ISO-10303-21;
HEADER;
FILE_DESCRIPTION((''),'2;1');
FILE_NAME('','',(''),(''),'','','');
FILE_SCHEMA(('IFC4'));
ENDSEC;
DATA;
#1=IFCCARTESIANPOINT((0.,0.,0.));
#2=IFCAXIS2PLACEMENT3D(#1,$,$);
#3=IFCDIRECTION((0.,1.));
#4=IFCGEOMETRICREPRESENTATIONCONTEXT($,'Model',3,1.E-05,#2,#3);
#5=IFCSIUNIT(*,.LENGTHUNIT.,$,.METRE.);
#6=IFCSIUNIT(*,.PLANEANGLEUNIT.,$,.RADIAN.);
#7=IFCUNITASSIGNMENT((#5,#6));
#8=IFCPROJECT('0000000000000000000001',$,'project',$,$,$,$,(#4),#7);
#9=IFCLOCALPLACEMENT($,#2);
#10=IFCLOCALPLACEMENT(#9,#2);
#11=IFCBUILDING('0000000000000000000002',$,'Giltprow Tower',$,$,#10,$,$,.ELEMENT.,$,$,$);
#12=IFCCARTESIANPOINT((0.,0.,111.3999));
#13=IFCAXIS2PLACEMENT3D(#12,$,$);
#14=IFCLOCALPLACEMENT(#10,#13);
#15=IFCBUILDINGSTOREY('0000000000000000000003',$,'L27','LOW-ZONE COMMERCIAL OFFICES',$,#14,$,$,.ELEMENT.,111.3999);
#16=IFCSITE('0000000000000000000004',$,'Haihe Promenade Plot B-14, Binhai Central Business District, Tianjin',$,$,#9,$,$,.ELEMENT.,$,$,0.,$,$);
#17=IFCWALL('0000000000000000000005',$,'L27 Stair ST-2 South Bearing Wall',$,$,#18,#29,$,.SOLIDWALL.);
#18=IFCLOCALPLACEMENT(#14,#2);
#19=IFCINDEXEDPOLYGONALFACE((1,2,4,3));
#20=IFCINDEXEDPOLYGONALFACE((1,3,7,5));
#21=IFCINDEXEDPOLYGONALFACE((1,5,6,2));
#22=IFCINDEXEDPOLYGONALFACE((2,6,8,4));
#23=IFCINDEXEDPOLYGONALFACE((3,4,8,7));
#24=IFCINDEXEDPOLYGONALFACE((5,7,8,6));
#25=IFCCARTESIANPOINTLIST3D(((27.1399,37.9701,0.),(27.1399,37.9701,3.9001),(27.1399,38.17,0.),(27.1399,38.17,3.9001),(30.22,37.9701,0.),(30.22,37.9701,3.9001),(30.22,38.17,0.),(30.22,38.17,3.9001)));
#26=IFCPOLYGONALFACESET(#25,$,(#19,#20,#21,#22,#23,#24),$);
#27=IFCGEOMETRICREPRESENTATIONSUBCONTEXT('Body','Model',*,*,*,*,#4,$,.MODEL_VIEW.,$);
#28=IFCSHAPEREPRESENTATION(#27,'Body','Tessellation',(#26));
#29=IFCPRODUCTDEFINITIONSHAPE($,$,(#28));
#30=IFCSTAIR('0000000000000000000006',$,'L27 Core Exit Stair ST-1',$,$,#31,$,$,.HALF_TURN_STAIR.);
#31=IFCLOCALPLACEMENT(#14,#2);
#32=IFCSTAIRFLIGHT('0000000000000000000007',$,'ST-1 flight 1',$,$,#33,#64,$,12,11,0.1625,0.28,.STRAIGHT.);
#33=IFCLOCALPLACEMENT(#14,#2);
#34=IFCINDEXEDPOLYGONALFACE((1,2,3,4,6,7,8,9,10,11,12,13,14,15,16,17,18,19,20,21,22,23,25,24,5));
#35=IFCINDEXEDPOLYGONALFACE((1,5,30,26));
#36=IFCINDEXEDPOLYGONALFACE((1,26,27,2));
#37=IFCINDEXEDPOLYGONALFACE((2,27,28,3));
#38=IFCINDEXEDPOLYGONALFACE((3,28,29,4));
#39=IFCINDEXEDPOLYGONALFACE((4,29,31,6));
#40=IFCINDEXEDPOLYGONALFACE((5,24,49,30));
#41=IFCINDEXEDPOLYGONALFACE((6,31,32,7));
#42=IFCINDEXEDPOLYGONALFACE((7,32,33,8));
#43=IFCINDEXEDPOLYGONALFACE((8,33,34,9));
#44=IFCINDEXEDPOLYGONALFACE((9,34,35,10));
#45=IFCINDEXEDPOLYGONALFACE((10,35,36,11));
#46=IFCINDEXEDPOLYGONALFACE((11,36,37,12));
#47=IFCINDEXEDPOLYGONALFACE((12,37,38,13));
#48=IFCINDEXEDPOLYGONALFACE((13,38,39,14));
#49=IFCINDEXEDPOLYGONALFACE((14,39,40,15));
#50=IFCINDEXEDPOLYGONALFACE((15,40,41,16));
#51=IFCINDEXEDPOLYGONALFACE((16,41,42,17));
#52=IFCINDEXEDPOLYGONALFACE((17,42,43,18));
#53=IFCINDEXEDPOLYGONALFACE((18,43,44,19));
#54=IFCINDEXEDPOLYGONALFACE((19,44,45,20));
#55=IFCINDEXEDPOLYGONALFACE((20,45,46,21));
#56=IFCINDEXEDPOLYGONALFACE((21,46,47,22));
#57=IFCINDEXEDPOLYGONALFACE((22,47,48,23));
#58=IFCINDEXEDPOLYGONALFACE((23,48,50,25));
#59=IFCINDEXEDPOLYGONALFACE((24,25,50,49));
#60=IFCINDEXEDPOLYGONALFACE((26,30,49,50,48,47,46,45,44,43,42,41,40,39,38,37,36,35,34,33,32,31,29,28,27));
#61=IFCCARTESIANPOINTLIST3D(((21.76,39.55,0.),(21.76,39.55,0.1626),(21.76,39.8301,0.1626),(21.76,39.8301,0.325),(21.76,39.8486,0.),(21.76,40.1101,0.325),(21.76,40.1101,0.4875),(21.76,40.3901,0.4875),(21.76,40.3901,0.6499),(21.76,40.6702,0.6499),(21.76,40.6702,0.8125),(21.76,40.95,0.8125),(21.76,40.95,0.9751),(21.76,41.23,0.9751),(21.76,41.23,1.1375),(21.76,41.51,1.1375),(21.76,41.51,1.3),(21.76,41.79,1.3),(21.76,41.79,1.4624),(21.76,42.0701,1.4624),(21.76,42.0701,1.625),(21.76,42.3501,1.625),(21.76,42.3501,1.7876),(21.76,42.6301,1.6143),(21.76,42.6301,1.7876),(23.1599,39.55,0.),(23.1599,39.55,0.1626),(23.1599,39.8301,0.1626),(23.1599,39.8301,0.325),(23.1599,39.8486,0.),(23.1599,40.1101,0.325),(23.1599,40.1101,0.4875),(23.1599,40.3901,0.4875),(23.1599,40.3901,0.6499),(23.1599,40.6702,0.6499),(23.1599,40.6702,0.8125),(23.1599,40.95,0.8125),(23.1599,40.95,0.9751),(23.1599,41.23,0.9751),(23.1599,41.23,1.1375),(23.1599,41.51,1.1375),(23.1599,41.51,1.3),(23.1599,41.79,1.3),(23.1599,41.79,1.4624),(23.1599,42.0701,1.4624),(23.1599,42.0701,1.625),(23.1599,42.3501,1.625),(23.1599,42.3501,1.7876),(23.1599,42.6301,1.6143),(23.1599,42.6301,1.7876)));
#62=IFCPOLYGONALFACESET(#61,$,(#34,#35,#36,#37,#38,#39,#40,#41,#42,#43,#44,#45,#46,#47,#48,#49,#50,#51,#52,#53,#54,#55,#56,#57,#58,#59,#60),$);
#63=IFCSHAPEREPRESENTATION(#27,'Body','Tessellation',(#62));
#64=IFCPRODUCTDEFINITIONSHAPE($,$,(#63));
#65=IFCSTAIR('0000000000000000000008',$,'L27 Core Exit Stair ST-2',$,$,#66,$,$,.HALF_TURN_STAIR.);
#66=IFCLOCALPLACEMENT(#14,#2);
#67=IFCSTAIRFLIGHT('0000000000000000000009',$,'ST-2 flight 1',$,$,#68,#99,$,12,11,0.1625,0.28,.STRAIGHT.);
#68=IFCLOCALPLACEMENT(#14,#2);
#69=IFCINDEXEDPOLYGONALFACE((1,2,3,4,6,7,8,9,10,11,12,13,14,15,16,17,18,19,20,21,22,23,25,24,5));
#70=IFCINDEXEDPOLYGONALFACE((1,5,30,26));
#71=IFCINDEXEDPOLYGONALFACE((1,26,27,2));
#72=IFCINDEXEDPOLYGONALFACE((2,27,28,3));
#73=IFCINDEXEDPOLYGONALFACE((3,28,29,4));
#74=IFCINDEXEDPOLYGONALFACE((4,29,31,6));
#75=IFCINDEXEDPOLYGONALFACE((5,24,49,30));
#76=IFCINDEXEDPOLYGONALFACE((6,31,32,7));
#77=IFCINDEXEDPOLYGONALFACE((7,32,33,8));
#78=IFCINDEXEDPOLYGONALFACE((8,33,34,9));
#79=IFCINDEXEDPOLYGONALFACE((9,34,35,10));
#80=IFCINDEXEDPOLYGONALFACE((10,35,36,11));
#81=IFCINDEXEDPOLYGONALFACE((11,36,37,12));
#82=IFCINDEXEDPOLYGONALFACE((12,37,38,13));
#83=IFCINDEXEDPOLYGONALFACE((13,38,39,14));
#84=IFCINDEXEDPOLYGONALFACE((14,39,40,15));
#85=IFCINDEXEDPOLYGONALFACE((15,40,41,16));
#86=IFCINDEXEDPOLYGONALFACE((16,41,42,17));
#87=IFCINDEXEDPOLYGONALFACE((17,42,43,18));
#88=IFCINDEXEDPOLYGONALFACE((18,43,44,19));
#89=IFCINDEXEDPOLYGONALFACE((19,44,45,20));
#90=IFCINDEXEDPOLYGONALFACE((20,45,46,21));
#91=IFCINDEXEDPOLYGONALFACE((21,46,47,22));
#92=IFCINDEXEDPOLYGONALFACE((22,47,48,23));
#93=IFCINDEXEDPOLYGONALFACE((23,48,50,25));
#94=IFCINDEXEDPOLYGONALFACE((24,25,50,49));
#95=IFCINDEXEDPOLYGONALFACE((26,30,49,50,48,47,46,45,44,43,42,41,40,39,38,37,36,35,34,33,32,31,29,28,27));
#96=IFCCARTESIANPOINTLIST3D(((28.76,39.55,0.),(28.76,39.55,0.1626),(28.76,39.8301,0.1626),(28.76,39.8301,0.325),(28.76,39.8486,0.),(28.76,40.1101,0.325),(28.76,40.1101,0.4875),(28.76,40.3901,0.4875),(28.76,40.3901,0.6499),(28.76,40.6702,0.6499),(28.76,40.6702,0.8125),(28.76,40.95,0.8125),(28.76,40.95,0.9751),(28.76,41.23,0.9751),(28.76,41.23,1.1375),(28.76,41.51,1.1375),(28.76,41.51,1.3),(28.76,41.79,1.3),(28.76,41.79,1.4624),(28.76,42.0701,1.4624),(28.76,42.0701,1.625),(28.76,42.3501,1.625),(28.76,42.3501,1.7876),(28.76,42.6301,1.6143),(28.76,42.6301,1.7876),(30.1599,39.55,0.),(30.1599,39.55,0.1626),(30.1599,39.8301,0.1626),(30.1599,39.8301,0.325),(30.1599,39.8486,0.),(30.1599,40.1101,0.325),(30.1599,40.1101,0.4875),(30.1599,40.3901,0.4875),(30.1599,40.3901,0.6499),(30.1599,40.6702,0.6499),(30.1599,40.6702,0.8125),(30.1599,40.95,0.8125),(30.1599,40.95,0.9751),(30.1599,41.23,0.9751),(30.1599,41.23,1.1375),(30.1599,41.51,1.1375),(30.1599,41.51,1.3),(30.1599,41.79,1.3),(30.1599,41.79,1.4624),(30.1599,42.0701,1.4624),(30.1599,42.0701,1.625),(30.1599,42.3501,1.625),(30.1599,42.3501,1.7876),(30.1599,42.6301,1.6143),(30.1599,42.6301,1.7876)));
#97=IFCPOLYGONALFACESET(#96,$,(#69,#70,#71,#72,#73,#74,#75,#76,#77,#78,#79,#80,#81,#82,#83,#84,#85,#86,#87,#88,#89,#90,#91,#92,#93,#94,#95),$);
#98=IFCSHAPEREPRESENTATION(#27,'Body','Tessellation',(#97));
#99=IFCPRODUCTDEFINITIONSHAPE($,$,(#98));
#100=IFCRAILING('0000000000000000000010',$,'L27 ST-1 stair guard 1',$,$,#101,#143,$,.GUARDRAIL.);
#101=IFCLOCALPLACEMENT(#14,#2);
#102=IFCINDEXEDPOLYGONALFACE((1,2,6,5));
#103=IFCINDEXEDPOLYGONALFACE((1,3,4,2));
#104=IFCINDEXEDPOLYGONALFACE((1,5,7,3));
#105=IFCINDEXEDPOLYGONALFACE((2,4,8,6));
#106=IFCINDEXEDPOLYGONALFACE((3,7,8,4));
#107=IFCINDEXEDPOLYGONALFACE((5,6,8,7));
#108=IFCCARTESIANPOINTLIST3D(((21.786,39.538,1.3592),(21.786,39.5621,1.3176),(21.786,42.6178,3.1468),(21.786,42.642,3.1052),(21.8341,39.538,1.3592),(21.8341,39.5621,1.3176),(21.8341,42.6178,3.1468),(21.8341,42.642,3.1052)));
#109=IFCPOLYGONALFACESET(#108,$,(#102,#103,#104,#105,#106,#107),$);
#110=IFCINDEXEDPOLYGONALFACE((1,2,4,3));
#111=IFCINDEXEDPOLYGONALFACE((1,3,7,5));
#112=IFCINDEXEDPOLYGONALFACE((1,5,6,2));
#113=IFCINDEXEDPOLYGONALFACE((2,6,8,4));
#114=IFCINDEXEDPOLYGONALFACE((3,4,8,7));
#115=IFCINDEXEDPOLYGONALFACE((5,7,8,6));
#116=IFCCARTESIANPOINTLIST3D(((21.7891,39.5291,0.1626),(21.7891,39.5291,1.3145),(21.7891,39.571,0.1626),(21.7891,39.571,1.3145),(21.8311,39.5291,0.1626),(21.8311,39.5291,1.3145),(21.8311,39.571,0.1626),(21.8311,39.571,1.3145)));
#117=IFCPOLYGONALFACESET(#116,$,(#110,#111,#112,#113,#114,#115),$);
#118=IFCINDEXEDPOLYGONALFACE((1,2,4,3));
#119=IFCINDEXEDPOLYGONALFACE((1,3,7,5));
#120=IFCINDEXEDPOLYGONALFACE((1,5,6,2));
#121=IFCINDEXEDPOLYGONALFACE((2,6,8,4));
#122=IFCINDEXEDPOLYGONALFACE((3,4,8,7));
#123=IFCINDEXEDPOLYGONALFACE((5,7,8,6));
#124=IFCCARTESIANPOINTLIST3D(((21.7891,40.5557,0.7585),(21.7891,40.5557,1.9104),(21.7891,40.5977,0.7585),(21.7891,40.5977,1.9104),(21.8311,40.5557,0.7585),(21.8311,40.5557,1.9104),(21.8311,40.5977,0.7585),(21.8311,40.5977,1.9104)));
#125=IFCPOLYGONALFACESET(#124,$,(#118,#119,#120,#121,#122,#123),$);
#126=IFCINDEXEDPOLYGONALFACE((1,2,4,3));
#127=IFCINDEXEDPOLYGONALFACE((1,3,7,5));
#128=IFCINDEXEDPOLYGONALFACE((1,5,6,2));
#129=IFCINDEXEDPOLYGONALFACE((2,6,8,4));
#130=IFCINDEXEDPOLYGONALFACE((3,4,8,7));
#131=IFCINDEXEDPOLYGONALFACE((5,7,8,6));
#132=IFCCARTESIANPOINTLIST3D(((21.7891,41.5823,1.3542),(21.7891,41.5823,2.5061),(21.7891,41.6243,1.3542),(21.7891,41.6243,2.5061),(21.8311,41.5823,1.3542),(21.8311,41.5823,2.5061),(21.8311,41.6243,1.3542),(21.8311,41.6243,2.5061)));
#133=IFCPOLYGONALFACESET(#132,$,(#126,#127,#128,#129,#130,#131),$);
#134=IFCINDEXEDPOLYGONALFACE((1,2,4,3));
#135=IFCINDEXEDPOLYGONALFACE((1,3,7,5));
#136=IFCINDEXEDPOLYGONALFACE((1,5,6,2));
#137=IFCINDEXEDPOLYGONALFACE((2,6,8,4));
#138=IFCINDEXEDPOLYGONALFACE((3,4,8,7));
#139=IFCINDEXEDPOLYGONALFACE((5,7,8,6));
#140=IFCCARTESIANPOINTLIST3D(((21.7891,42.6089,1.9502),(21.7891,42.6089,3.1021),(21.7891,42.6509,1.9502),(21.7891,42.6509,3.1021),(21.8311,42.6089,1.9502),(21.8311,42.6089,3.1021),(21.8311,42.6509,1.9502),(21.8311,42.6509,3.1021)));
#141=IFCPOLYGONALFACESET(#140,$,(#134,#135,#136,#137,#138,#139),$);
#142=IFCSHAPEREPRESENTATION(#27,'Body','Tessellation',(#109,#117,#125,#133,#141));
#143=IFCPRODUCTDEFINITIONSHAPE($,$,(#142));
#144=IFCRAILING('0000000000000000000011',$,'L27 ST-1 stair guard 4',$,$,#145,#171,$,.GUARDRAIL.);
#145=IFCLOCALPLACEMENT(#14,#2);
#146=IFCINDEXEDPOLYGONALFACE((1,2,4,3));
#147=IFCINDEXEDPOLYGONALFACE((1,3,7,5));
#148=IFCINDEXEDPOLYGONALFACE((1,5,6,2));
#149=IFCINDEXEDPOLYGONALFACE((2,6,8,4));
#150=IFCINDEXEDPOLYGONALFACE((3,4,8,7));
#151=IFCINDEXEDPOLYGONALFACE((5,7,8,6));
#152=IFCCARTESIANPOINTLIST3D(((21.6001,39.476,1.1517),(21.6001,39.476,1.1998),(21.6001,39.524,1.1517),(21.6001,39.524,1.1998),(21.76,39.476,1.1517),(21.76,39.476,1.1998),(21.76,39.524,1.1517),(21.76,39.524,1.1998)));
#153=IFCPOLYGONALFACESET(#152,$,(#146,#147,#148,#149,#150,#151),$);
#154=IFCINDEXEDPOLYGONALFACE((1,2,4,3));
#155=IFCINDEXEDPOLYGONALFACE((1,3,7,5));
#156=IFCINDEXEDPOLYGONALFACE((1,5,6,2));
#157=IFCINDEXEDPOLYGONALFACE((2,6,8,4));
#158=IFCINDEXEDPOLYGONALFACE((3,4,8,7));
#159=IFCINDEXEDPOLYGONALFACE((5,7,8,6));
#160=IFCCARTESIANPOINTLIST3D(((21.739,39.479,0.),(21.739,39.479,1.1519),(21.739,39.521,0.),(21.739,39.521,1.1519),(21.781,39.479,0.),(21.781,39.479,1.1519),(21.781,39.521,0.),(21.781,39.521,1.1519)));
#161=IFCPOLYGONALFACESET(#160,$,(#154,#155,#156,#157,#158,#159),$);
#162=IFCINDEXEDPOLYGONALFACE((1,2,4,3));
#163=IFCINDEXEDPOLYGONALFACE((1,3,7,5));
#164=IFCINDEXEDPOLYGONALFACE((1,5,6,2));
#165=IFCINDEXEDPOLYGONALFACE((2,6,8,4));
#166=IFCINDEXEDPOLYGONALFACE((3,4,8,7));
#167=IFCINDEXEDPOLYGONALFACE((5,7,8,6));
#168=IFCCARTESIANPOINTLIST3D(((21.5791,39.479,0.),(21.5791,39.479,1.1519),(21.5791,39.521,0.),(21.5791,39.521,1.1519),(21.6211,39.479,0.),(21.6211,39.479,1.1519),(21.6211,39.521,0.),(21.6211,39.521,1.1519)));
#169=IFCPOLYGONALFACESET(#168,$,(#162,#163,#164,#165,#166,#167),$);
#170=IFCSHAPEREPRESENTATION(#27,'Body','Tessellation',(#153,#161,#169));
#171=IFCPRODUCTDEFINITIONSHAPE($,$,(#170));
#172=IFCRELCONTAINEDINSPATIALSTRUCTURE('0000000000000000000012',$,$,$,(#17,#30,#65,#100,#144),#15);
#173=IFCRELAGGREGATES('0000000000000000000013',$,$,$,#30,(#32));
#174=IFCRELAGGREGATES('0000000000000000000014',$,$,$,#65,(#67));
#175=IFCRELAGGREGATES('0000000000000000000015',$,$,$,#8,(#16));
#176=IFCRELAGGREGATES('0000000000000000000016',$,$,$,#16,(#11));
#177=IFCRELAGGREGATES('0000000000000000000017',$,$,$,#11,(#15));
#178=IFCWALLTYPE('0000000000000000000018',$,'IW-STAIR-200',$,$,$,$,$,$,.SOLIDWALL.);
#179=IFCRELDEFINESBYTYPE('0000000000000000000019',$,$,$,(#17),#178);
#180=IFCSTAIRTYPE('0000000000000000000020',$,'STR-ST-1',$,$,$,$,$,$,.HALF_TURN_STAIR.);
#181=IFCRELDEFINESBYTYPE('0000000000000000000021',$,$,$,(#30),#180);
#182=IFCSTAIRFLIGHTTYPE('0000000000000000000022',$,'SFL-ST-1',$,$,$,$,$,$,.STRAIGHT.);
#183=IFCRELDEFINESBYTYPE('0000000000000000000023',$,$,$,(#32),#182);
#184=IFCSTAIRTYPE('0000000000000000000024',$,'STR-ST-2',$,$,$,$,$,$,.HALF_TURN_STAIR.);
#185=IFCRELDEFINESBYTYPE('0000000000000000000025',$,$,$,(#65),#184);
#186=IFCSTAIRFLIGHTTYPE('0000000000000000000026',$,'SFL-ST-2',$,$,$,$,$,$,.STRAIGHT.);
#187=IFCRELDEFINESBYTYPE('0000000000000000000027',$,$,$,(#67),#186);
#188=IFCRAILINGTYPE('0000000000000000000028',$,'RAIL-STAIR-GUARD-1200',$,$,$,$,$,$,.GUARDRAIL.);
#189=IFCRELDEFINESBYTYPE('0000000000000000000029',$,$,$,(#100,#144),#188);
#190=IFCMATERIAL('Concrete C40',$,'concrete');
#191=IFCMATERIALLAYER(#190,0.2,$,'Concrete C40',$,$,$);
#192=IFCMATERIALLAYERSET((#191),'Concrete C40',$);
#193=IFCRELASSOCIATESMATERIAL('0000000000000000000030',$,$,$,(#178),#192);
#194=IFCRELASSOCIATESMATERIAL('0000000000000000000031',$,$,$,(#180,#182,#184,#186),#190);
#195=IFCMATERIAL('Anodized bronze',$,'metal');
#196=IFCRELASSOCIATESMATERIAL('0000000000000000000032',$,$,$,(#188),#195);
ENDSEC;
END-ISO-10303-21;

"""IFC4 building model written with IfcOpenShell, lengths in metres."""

from ifc_helpers import new_model, si_unit, direction, frame, frame_2d, origin, origin_2d, place, context, subcontext, project, spatial, polyline, rectangle, outline, extrude, material, layer, layer_set, type_object, element, aggregate, save


model = new_model("IFC4")

# Units and contexts
model_context = context("Model", 3, precision=1e-05, world=origin(), true_north=direction((0.0, 1.0)))
body_context = subcontext(model_context, "Body", "Model", "MODEL_VIEW")
ifc_project = project(units=[si_unit("LENGTHUNIT", "METRE"), si_unit("PLANEANGLEUNIT", "RADIAN")], contexts=[model_context])

# Site, building, storey
site_placement = place(None, origin())
site = spatial("IfcSite", under=ifc_project, at=site_placement, Name="Haihe Promenade Plot B-14, Binhai Central Business District, Tianjin", CompositionType="ELEMENT", RefElevation=0.0)
building_placement = place(site_placement, origin())
building = spatial("IfcBuilding", under=site, at=building_placement, Name="Giltprow Tower", CompositionType="ELEMENT")
storey_placement = place(building_placement, frame((0.0, 0.0, 111.3999)))
storey = spatial("IfcBuildingStorey", under=building, at=storey_placement, Name="L27", Description="LOW-ZONE COMMERCIAL OFFICES", CompositionType="ELEMENT", Elevation=111.3999)

# Shared definitions
ifc_material_1 = material(Name="Concrete C40", Category="concrete")
ifc_layer_1 = layer(ifc_material_1, 0.2, Name="Concrete C40")
ifc_layer_set_1 = layer_set([ifc_layer_1], Name="Concrete C40")
wall_type_1 = type_object("IfcWallType", Name="IW-STAIR-200", PredefinedType="SOLIDWALL", material=ifc_layer_set_1)

# Wall
wall_1_placement = place(storey_placement, frame((27.1399, 38.0701, 0.0), z_axis=(0.0, 0.0, 1.0), x_axis=(1.0, 0.0, 0.0)))
element("IfcWall", 1, at=wall_1_placement, inside=storey, type_object=wall_type_1, Name="L27 Stair ST-2 South Bearing Wall", PredefinedType="SOLIDWALL", context=body_context, shape_type="SweptSolid", body=[
    extrude(rectangle(XDim=3.0801, YDim=0.2, at=frame_2d((1.54, 0.0))), origin(), (0.0, 0.0, 1.0), 3.9001),
])

# Stairs, stair flights
stair_type_1 = type_object("IfcStairType", Name="STR-ST-1", PredefinedType="HALF_TURN_STAIR", material=ifc_material_1)
stair_1_placement = place(storey_placement, origin())
stair_1 = element("IfcStair", 2, at=stair_1_placement, inside=storey, type_object=stair_type_1, Name="L27 Core Exit Stair ST-1", PredefinedType="HALF_TURN_STAIR")
stair_flight_type_1 = type_object("IfcStairFlightType", Name="SFL-ST-1", PredefinedType="STRAIGHT", material=ifc_material_1)
stair_flight_1_placement = place(storey_placement, frame((22.46, 39.55, 0.0), z_axis=(0.0, 0.0, 1.0), x_axis=(0.0, 1.0, 0.0)))
stair_flight_1 = element("IfcStairFlight", 3, at=stair_flight_1_placement, type_object=stair_flight_type_1, Name="ST-1 flight 1", NumberOfRisers=12, NumberOfTreads=11, PredefinedType="STRAIGHT", RiserHeight=0.1625, TreadLength=0.28, context=body_context, shape_type="SweptSolid", body=[
    extrude(outline(polyline([(0.0, 0.0), (0.0, 0.1626), (0.28, 0.1626), (0.28, 0.325), (0.5601, 0.325), (0.5601, 0.4875), (0.8401, 0.4875), (0.8401, 0.6499), (1.1201, 0.6499), (1.1201, 0.8125), (1.3999, 0.8125), (1.3999, 0.9751), (1.6799, 0.9751), (1.6799, 1.1375), (1.96, 1.1375), (1.96, 1.3), (2.24, 1.3), (2.24, 1.4624), (2.52, 1.4624), (2.52, 1.625), (2.8, 1.625), (2.8, 1.7876), (3.0801, 1.7876), (3.0801, 1.95), (3.0801, 1.6143), (0.2986, 0.0), (0.0, 0.0)])), frame((0.0, 0.7, 0.0), z_axis=(0.0, -1.0, 0.0), x_axis=(1.0, 0.0, 0.0)), (0.0, 0.0, 1.0), 1.3999),
])
aggregate(stair_1, [stair_flight_1])
stair_type_2 = type_object("IfcStairType", Name="STR-ST-2", PredefinedType="HALF_TURN_STAIR", material=ifc_material_1)
stair_2_placement = place(storey_placement, origin())
stair_2 = element("IfcStair", 4, at=stair_2_placement, inside=storey, type_object=stair_type_2, Name="L27 Core Exit Stair ST-2", PredefinedType="HALF_TURN_STAIR")
stair_flight_type_2 = type_object("IfcStairFlightType", Name="SFL-ST-2", PredefinedType="STRAIGHT", material=ifc_material_1)
stair_flight_2_placement = place(storey_placement, frame((29.46, 39.55, 0.0), z_axis=(0.0, 0.0, 1.0), x_axis=(0.0, 1.0, 0.0)))
stair_flight_2 = element("IfcStairFlight", 5, at=stair_flight_2_placement, type_object=stair_flight_type_2, Name="ST-2 flight 1", NumberOfRisers=12, NumberOfTreads=11, PredefinedType="STRAIGHT", RiserHeight=0.1625, TreadLength=0.28, context=body_context, shape_type="SweptSolid", body=[
    extrude(outline(polyline([(0.0, 0.0), (0.0, 0.1626), (0.28, 0.1626), (0.28, 0.325), (0.5601, 0.325), (0.5601, 0.4875), (0.8401, 0.4875), (0.8401, 0.6499), (1.1201, 0.6499), (1.1201, 0.8125), (1.3999, 0.8125), (1.3999, 0.9751), (1.6799, 0.9751), (1.6799, 1.1375), (1.96, 1.1375), (1.96, 1.3), (2.24, 1.3), (2.24, 1.4624), (2.52, 1.4624), (2.52, 1.625), (2.8, 1.625), (2.8, 1.7876), (3.0801, 1.7876), (3.0801, 1.95), (3.0801, 1.6143), (0.2986, 0.0), (0.0, 0.0)])), frame((0.0, 0.7, 0.0), z_axis=(0.0, -1.0, 0.0), x_axis=(1.0, 0.0, 0.0)), (0.0, 0.0, 1.0), 1.3999),
])
aggregate(stair_2, [stair_flight_2])

# Railings
ifc_material_2 = material(Name="Anodized bronze", Category="metal")
railing_type_1 = type_object("IfcRailingType", Name="RAIL-STAIR-GUARD-1200", PredefinedType="GUARDRAIL", material=ifc_material_2)
railing_1_placement = place(storey_placement, frame((21.8101, 39.55, 0.1626)))
element("IfcRailing", 6, at=railing_1_placement, inside=storey, type_object=railing_type_1, Name="L27 ST-1 stair guard 1", PredefinedType="GUARDRAIL", context=body_context, shape_type="SweptSolid", body=[
    extrude(rectangle(XDim=0.0481, YDim=0.0481, at=origin_2d()), frame((0.0, 0.0, 1.1758), z_axis=(0.0, 0.864873, 0.50199), x_axis=(-1.0, 0.0, 0.0)), (0.0, 0.0, 1.0), 3.561),
    extrude(rectangle(XDim=0.042, YDim=0.042, at=origin_2d()), origin(), (0.0, 0.0, 1.0), 1.1519),
    extrude(rectangle(XDim=0.042, YDim=0.042, at=origin_2d()), frame((0.0, 1.0266, 0.5959)), (0.0, 0.0, 1.0), 1.1519),
    extrude(rectangle(XDim=0.042, YDim=0.042, at=origin_2d()), frame((0.0, 2.0532, 1.1917)), (0.0, 0.0, 1.0), 1.1519),
    extrude(rectangle(XDim=0.042, YDim=0.042, at=origin_2d()), frame((0.0, 3.0798, 1.7876)), (0.0, 0.0, 1.0), 1.1519),
])
railing_2_placement = place(storey_placement, frame((21.76, 39.5, 0.0)))
element("IfcRailing", 7, at=railing_2_placement, inside=storey, type_object=railing_type_1, Name="L27 ST-1 stair guard 4", PredefinedType="GUARDRAIL", context=body_context, shape_type="SweptSolid", body=[
    extrude(rectangle(XDim=0.0481, YDim=0.0481, at=origin_2d()), frame((0.0, 0.0, 1.1758), z_axis=(-1.0, 0.0, 0.0), x_axis=(0.0, -1.0, 0.0)), (0.0, 0.0, 1.0), 0.1599),
    extrude(rectangle(XDim=0.042, YDim=0.042, at=origin_2d()), origin(), (0.0, 0.0, 1.0), 1.1519),
    extrude(rectangle(XDim=0.042, YDim=0.042, at=origin_2d()), frame((-0.1599, 0.0, 0.0)), (0.0, 0.0, 1.0), 1.1519),
])

save(model, "model.ifc")
